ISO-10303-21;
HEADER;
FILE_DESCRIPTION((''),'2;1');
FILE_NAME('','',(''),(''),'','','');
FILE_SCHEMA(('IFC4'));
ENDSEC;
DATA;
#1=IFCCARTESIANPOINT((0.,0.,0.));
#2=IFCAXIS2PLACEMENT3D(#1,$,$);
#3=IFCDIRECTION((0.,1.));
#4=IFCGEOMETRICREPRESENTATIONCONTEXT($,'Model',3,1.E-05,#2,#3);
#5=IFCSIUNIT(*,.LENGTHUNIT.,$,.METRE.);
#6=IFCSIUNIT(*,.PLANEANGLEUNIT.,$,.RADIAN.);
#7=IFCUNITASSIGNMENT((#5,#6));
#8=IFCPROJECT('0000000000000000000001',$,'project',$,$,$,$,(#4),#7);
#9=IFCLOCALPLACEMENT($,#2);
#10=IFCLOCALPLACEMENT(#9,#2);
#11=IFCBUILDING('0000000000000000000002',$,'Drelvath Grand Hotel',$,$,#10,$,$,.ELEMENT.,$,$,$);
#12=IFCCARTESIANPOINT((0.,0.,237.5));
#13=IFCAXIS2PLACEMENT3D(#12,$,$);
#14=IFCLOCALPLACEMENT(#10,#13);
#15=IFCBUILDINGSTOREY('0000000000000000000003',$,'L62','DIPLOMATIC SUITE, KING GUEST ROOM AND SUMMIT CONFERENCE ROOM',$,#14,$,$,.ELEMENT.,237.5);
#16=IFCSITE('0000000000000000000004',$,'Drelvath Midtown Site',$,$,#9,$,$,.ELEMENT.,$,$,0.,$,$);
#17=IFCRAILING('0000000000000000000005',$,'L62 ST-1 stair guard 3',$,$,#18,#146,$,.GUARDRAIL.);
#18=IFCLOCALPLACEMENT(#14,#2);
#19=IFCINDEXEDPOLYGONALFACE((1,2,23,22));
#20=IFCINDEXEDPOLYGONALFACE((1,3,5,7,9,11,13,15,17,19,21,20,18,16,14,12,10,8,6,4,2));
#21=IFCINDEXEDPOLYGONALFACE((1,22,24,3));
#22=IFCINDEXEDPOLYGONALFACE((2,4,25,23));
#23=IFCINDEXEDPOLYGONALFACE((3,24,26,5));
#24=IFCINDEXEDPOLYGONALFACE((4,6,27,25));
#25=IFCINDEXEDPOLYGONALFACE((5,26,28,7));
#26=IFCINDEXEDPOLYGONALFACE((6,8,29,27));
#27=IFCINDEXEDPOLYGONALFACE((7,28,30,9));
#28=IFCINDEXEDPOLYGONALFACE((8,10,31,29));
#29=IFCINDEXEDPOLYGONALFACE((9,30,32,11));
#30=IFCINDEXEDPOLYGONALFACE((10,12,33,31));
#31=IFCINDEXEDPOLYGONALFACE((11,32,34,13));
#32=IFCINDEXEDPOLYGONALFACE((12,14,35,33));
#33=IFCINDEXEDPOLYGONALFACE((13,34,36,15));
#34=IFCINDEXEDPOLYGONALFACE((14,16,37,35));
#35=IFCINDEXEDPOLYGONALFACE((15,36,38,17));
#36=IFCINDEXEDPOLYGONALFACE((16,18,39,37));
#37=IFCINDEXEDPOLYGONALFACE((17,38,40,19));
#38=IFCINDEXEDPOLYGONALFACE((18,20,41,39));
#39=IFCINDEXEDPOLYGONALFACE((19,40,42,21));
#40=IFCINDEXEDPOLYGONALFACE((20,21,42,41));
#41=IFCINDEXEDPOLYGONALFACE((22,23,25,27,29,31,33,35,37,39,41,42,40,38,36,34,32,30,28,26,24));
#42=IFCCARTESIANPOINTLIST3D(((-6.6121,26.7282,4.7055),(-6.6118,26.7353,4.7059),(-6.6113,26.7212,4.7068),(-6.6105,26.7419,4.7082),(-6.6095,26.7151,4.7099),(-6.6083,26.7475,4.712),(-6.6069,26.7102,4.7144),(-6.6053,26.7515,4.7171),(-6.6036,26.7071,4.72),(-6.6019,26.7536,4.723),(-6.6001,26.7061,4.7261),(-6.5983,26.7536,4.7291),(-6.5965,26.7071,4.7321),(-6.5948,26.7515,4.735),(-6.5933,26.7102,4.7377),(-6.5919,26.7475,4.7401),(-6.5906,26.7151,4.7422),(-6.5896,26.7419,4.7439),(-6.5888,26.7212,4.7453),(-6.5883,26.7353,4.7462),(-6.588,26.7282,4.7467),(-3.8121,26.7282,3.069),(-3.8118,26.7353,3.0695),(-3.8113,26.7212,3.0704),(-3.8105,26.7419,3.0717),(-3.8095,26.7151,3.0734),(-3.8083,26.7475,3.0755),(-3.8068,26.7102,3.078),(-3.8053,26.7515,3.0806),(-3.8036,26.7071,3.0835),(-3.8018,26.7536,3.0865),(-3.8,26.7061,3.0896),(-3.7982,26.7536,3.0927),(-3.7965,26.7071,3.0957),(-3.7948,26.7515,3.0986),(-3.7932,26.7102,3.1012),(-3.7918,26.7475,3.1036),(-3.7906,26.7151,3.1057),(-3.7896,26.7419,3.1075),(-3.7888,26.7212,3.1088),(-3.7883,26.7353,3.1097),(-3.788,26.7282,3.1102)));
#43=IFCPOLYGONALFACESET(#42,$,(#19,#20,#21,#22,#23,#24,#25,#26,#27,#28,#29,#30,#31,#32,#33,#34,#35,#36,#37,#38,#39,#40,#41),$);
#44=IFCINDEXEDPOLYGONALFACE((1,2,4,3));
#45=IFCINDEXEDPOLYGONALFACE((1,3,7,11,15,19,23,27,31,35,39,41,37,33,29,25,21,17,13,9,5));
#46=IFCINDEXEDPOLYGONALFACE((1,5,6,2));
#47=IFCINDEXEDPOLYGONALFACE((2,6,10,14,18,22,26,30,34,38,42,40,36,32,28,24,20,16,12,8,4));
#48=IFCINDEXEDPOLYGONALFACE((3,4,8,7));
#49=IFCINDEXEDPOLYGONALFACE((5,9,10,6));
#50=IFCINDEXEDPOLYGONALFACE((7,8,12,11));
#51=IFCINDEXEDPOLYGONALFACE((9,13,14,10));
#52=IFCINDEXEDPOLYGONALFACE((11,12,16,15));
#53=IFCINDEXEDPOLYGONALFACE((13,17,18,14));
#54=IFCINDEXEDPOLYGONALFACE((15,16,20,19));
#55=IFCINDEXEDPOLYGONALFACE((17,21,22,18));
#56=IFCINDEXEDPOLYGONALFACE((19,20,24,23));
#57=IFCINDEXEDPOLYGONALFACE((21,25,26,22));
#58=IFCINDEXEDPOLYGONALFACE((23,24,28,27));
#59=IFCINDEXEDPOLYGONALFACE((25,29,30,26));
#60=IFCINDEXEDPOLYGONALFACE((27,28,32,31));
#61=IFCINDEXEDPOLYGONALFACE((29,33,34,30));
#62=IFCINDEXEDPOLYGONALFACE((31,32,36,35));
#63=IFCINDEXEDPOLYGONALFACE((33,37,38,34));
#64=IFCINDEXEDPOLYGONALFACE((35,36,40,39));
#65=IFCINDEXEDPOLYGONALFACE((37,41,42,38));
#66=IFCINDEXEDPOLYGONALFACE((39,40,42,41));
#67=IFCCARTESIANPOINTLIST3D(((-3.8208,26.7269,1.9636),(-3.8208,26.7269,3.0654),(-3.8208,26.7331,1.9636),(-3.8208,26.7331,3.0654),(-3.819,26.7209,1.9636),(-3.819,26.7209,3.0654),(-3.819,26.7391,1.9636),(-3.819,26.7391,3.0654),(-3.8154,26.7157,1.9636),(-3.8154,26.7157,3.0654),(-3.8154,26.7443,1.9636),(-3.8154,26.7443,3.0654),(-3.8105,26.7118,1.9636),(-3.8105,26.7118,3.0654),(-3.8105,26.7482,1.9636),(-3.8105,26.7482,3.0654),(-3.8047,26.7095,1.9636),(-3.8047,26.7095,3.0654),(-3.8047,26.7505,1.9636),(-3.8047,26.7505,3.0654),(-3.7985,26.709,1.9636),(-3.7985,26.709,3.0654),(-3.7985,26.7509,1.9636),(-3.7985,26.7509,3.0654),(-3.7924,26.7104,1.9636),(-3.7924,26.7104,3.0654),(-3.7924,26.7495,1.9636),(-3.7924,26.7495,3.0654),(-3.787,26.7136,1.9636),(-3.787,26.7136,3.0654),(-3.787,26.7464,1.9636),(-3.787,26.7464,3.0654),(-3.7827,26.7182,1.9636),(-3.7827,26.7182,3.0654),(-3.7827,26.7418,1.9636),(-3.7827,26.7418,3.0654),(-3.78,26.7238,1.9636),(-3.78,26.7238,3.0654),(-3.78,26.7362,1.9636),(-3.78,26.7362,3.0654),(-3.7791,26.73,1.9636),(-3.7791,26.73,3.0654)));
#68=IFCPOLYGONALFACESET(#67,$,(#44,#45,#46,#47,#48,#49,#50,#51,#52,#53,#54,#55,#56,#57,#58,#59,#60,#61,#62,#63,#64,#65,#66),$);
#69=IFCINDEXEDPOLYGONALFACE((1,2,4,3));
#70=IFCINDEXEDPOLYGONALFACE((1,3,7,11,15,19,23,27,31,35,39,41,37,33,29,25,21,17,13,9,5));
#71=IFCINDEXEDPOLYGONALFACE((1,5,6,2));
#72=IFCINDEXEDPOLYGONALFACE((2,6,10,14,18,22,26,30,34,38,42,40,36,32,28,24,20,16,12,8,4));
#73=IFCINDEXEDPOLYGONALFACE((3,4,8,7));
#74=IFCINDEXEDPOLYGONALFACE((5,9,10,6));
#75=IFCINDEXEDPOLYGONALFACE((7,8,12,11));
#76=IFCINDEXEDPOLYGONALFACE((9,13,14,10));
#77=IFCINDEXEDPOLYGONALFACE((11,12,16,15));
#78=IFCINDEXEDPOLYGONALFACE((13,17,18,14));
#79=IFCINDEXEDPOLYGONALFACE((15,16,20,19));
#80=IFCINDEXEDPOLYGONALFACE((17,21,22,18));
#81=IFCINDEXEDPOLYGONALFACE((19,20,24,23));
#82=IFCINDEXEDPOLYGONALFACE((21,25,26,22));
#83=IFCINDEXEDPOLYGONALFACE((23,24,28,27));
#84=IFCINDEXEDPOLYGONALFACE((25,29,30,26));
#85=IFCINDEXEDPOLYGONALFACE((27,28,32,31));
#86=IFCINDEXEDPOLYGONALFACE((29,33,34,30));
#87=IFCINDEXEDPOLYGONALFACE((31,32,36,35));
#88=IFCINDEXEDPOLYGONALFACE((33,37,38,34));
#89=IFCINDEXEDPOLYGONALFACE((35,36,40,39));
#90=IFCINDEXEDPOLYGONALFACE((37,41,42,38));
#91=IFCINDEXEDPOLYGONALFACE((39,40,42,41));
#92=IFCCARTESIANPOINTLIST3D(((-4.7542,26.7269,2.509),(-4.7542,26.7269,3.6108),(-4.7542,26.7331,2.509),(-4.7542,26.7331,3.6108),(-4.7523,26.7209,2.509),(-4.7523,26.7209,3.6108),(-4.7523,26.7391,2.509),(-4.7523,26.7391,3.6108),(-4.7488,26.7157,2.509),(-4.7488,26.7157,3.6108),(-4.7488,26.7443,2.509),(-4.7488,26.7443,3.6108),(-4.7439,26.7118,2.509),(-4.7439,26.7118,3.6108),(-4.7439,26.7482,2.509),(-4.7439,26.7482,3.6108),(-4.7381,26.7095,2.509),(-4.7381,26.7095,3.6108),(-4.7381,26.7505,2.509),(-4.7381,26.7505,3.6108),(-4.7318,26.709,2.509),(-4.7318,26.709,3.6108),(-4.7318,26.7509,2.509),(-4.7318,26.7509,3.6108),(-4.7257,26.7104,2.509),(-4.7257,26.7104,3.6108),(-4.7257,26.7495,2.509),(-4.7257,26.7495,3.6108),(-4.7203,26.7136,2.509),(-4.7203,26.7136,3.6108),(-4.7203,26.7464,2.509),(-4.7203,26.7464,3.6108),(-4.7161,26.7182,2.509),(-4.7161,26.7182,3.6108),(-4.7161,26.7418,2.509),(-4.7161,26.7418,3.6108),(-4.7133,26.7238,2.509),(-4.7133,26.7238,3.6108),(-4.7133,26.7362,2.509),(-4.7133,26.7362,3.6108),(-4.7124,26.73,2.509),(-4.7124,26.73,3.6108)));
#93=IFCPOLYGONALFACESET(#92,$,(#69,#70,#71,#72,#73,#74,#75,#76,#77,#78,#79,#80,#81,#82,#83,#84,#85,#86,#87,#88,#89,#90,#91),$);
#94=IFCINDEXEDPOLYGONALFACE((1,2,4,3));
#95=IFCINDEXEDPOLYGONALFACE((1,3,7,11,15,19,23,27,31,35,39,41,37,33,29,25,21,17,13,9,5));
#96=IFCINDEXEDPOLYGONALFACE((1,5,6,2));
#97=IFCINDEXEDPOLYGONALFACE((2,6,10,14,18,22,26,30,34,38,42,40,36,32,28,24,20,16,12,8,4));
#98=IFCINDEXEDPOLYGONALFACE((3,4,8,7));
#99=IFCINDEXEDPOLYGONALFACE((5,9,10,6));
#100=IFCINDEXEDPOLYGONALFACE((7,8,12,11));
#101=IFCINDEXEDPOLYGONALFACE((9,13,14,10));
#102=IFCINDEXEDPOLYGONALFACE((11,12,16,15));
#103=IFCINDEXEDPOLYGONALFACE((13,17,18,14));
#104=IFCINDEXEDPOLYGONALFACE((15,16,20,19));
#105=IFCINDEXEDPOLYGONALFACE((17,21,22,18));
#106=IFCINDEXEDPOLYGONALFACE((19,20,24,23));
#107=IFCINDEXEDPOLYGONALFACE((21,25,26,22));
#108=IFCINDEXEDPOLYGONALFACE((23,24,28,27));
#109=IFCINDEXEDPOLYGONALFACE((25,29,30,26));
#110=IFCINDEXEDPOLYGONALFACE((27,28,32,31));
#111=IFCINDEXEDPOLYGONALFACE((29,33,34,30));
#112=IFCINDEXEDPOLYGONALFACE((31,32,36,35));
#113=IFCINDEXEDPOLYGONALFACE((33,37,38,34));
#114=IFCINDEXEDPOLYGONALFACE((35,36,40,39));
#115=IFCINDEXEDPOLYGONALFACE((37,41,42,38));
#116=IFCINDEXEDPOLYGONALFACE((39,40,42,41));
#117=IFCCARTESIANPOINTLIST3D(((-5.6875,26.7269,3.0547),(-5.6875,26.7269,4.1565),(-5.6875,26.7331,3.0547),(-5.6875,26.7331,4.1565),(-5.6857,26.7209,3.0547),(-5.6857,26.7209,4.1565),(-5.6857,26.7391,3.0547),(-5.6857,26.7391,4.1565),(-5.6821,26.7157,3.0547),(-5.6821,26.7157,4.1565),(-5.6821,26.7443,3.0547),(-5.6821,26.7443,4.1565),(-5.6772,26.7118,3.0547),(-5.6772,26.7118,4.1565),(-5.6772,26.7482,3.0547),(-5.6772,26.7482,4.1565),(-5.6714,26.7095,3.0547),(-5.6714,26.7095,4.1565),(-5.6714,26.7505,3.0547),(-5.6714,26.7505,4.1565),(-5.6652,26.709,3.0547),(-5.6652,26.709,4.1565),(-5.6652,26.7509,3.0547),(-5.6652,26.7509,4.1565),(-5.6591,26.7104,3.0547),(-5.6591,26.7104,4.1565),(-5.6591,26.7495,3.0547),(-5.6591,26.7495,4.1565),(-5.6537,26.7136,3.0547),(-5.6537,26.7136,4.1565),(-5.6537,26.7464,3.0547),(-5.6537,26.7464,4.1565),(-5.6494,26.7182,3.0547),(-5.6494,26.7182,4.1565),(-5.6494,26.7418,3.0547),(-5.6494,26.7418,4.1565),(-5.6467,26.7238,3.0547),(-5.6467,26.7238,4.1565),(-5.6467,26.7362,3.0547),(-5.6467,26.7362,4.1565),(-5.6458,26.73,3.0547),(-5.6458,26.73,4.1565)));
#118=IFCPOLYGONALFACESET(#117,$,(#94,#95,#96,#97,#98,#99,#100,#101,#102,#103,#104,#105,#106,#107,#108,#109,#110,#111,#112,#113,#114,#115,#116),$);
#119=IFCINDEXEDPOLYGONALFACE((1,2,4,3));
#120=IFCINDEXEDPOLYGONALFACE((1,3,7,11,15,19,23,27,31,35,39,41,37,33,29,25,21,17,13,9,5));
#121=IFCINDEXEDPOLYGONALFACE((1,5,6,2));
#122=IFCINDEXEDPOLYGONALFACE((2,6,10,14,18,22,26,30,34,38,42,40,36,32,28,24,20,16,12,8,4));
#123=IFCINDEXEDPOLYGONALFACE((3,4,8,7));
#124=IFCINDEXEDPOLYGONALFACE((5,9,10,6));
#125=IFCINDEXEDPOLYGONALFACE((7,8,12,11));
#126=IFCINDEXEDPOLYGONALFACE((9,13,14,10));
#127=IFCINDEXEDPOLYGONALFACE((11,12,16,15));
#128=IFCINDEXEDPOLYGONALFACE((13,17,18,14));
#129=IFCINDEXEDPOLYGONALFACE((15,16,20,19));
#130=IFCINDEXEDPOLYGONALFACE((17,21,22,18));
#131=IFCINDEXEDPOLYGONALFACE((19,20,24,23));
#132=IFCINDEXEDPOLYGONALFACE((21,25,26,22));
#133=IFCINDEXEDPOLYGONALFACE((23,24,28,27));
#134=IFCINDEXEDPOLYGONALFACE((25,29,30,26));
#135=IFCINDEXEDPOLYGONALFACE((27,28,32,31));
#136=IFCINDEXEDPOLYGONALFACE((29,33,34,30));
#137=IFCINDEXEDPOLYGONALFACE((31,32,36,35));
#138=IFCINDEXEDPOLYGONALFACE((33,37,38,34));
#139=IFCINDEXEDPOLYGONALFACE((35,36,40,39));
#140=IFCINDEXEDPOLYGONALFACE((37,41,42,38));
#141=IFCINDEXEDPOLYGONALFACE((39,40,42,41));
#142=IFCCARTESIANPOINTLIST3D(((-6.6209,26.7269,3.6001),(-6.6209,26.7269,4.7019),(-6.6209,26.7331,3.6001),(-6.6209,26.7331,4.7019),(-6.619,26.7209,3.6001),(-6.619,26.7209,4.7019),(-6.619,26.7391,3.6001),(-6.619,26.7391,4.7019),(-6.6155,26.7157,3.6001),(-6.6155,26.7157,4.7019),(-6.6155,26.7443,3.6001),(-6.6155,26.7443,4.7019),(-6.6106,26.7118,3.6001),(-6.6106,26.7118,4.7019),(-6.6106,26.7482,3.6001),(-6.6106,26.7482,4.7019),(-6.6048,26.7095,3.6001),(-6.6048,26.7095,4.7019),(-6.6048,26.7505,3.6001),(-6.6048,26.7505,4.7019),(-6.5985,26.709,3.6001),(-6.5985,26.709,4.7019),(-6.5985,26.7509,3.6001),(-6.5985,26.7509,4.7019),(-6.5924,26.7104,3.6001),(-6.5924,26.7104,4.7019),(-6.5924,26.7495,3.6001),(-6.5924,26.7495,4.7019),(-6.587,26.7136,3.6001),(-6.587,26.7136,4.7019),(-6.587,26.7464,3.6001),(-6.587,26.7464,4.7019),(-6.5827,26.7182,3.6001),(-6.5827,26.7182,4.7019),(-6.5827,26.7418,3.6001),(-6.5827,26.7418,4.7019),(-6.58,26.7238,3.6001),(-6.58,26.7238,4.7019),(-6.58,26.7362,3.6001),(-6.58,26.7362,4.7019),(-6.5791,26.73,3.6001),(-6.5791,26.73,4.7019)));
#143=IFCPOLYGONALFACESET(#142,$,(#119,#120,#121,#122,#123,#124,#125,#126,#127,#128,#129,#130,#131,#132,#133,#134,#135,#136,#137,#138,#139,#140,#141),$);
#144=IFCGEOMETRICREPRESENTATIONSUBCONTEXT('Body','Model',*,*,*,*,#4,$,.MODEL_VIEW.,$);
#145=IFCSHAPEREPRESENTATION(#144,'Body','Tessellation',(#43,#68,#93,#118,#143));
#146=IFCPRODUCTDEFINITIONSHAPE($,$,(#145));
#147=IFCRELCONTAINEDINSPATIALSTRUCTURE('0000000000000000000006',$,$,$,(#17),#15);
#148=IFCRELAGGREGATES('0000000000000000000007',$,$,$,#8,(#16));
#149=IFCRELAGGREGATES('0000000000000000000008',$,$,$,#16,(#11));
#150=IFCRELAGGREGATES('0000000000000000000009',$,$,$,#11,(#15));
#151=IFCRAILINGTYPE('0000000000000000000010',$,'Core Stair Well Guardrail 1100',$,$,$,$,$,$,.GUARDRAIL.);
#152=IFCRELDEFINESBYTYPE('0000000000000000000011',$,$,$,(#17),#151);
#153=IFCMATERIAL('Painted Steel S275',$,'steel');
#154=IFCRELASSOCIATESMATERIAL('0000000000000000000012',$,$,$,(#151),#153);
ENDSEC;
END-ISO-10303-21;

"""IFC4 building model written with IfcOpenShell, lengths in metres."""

from ifc_helpers import new_model, si_unit, direction, frame, origin, origin_2d, place, context, subcontext, project, spatial, circle, extrude, material, type_object, element, save


model = new_model("IFC4")

# Units and contexts
model_context = context("Model", 3, precision=1e-05, world=origin(), true_north=direction((0.0, 1.0)))
body_context = subcontext(model_context, "Body", "Model", "MODEL_VIEW")
ifc_project = project(units=[si_unit("LENGTHUNIT", "METRE"), si_unit("PLANEANGLEUNIT", "RADIAN")], contexts=[model_context])

# Site, building, storey
site_placement = place(None, origin())
site = spatial("IfcSite", under=ifc_project, at=site_placement, Name="Drelvath Midtown Site", CompositionType="ELEMENT", RefElevation=0.0)
building_placement = place(site_placement, origin())
building = spatial("IfcBuilding", under=site, at=building_placement, Name="Drelvath Grand Hotel", CompositionType="ELEMENT")
storey_placement = place(building_placement, frame((0.0, 0.0, 237.5)))
storey = spatial("IfcBuildingStorey", under=building, at=storey_placement, Name="L62", Description="DIPLOMATIC SUITE, KING GUEST ROOM AND SUMMIT CONFERENCE ROOM", CompositionType="ELEMENT", Elevation=237.5)

# Shared definitions
ifc_material_1 = material(Name="Painted Steel S275", Category="steel")

# Railing
railing_type_1 = type_object("IfcRailingType", Name="Core Stair Well Guardrail 1100", PredefinedType="GUARDRAIL", material=ifc_material_1)
railing_1_placement = place(storey_placement, frame((-3.8, 26.73, 1.9636)))
element("IfcRailing", 1, at=railing_1_placement, inside=storey, type_object=railing_type_1, Name="L62 ST-1 stair guard 3", PredefinedType="GUARDRAIL", context=body_context, shape_type="SweptSolid", body=[
    extrude(circle(Radius=0.0239, at=origin_2d()), frame((0.0, 0.0, 1.126), z_axis=(-0.863361, 0.0, 0.504587), x_axis=(0.0, -1.0, 0.0)), (0.0, 0.0, 1.0), 3.2432),
    extrude(circle(Radius=0.021, at=origin_2d()), origin(), (0.0, 0.0, 1.0), 1.1018),
    extrude(circle(Radius=0.021, at=origin_2d()), frame((-0.9333, 0.0, 0.5454)), (0.0, 0.0, 1.0), 1.1018),
    extrude(circle(Radius=0.021, at=origin_2d()), frame((-1.8667, 0.0, 1.0911)), (0.0, 0.0, 1.0), 1.1018),
    extrude(circle(Radius=0.021, at=origin_2d()), frame((-2.8, 0.0, 1.6365)), (0.0, 0.0, 1.0), 1.1018),
])

save(model, "model.ifc")
